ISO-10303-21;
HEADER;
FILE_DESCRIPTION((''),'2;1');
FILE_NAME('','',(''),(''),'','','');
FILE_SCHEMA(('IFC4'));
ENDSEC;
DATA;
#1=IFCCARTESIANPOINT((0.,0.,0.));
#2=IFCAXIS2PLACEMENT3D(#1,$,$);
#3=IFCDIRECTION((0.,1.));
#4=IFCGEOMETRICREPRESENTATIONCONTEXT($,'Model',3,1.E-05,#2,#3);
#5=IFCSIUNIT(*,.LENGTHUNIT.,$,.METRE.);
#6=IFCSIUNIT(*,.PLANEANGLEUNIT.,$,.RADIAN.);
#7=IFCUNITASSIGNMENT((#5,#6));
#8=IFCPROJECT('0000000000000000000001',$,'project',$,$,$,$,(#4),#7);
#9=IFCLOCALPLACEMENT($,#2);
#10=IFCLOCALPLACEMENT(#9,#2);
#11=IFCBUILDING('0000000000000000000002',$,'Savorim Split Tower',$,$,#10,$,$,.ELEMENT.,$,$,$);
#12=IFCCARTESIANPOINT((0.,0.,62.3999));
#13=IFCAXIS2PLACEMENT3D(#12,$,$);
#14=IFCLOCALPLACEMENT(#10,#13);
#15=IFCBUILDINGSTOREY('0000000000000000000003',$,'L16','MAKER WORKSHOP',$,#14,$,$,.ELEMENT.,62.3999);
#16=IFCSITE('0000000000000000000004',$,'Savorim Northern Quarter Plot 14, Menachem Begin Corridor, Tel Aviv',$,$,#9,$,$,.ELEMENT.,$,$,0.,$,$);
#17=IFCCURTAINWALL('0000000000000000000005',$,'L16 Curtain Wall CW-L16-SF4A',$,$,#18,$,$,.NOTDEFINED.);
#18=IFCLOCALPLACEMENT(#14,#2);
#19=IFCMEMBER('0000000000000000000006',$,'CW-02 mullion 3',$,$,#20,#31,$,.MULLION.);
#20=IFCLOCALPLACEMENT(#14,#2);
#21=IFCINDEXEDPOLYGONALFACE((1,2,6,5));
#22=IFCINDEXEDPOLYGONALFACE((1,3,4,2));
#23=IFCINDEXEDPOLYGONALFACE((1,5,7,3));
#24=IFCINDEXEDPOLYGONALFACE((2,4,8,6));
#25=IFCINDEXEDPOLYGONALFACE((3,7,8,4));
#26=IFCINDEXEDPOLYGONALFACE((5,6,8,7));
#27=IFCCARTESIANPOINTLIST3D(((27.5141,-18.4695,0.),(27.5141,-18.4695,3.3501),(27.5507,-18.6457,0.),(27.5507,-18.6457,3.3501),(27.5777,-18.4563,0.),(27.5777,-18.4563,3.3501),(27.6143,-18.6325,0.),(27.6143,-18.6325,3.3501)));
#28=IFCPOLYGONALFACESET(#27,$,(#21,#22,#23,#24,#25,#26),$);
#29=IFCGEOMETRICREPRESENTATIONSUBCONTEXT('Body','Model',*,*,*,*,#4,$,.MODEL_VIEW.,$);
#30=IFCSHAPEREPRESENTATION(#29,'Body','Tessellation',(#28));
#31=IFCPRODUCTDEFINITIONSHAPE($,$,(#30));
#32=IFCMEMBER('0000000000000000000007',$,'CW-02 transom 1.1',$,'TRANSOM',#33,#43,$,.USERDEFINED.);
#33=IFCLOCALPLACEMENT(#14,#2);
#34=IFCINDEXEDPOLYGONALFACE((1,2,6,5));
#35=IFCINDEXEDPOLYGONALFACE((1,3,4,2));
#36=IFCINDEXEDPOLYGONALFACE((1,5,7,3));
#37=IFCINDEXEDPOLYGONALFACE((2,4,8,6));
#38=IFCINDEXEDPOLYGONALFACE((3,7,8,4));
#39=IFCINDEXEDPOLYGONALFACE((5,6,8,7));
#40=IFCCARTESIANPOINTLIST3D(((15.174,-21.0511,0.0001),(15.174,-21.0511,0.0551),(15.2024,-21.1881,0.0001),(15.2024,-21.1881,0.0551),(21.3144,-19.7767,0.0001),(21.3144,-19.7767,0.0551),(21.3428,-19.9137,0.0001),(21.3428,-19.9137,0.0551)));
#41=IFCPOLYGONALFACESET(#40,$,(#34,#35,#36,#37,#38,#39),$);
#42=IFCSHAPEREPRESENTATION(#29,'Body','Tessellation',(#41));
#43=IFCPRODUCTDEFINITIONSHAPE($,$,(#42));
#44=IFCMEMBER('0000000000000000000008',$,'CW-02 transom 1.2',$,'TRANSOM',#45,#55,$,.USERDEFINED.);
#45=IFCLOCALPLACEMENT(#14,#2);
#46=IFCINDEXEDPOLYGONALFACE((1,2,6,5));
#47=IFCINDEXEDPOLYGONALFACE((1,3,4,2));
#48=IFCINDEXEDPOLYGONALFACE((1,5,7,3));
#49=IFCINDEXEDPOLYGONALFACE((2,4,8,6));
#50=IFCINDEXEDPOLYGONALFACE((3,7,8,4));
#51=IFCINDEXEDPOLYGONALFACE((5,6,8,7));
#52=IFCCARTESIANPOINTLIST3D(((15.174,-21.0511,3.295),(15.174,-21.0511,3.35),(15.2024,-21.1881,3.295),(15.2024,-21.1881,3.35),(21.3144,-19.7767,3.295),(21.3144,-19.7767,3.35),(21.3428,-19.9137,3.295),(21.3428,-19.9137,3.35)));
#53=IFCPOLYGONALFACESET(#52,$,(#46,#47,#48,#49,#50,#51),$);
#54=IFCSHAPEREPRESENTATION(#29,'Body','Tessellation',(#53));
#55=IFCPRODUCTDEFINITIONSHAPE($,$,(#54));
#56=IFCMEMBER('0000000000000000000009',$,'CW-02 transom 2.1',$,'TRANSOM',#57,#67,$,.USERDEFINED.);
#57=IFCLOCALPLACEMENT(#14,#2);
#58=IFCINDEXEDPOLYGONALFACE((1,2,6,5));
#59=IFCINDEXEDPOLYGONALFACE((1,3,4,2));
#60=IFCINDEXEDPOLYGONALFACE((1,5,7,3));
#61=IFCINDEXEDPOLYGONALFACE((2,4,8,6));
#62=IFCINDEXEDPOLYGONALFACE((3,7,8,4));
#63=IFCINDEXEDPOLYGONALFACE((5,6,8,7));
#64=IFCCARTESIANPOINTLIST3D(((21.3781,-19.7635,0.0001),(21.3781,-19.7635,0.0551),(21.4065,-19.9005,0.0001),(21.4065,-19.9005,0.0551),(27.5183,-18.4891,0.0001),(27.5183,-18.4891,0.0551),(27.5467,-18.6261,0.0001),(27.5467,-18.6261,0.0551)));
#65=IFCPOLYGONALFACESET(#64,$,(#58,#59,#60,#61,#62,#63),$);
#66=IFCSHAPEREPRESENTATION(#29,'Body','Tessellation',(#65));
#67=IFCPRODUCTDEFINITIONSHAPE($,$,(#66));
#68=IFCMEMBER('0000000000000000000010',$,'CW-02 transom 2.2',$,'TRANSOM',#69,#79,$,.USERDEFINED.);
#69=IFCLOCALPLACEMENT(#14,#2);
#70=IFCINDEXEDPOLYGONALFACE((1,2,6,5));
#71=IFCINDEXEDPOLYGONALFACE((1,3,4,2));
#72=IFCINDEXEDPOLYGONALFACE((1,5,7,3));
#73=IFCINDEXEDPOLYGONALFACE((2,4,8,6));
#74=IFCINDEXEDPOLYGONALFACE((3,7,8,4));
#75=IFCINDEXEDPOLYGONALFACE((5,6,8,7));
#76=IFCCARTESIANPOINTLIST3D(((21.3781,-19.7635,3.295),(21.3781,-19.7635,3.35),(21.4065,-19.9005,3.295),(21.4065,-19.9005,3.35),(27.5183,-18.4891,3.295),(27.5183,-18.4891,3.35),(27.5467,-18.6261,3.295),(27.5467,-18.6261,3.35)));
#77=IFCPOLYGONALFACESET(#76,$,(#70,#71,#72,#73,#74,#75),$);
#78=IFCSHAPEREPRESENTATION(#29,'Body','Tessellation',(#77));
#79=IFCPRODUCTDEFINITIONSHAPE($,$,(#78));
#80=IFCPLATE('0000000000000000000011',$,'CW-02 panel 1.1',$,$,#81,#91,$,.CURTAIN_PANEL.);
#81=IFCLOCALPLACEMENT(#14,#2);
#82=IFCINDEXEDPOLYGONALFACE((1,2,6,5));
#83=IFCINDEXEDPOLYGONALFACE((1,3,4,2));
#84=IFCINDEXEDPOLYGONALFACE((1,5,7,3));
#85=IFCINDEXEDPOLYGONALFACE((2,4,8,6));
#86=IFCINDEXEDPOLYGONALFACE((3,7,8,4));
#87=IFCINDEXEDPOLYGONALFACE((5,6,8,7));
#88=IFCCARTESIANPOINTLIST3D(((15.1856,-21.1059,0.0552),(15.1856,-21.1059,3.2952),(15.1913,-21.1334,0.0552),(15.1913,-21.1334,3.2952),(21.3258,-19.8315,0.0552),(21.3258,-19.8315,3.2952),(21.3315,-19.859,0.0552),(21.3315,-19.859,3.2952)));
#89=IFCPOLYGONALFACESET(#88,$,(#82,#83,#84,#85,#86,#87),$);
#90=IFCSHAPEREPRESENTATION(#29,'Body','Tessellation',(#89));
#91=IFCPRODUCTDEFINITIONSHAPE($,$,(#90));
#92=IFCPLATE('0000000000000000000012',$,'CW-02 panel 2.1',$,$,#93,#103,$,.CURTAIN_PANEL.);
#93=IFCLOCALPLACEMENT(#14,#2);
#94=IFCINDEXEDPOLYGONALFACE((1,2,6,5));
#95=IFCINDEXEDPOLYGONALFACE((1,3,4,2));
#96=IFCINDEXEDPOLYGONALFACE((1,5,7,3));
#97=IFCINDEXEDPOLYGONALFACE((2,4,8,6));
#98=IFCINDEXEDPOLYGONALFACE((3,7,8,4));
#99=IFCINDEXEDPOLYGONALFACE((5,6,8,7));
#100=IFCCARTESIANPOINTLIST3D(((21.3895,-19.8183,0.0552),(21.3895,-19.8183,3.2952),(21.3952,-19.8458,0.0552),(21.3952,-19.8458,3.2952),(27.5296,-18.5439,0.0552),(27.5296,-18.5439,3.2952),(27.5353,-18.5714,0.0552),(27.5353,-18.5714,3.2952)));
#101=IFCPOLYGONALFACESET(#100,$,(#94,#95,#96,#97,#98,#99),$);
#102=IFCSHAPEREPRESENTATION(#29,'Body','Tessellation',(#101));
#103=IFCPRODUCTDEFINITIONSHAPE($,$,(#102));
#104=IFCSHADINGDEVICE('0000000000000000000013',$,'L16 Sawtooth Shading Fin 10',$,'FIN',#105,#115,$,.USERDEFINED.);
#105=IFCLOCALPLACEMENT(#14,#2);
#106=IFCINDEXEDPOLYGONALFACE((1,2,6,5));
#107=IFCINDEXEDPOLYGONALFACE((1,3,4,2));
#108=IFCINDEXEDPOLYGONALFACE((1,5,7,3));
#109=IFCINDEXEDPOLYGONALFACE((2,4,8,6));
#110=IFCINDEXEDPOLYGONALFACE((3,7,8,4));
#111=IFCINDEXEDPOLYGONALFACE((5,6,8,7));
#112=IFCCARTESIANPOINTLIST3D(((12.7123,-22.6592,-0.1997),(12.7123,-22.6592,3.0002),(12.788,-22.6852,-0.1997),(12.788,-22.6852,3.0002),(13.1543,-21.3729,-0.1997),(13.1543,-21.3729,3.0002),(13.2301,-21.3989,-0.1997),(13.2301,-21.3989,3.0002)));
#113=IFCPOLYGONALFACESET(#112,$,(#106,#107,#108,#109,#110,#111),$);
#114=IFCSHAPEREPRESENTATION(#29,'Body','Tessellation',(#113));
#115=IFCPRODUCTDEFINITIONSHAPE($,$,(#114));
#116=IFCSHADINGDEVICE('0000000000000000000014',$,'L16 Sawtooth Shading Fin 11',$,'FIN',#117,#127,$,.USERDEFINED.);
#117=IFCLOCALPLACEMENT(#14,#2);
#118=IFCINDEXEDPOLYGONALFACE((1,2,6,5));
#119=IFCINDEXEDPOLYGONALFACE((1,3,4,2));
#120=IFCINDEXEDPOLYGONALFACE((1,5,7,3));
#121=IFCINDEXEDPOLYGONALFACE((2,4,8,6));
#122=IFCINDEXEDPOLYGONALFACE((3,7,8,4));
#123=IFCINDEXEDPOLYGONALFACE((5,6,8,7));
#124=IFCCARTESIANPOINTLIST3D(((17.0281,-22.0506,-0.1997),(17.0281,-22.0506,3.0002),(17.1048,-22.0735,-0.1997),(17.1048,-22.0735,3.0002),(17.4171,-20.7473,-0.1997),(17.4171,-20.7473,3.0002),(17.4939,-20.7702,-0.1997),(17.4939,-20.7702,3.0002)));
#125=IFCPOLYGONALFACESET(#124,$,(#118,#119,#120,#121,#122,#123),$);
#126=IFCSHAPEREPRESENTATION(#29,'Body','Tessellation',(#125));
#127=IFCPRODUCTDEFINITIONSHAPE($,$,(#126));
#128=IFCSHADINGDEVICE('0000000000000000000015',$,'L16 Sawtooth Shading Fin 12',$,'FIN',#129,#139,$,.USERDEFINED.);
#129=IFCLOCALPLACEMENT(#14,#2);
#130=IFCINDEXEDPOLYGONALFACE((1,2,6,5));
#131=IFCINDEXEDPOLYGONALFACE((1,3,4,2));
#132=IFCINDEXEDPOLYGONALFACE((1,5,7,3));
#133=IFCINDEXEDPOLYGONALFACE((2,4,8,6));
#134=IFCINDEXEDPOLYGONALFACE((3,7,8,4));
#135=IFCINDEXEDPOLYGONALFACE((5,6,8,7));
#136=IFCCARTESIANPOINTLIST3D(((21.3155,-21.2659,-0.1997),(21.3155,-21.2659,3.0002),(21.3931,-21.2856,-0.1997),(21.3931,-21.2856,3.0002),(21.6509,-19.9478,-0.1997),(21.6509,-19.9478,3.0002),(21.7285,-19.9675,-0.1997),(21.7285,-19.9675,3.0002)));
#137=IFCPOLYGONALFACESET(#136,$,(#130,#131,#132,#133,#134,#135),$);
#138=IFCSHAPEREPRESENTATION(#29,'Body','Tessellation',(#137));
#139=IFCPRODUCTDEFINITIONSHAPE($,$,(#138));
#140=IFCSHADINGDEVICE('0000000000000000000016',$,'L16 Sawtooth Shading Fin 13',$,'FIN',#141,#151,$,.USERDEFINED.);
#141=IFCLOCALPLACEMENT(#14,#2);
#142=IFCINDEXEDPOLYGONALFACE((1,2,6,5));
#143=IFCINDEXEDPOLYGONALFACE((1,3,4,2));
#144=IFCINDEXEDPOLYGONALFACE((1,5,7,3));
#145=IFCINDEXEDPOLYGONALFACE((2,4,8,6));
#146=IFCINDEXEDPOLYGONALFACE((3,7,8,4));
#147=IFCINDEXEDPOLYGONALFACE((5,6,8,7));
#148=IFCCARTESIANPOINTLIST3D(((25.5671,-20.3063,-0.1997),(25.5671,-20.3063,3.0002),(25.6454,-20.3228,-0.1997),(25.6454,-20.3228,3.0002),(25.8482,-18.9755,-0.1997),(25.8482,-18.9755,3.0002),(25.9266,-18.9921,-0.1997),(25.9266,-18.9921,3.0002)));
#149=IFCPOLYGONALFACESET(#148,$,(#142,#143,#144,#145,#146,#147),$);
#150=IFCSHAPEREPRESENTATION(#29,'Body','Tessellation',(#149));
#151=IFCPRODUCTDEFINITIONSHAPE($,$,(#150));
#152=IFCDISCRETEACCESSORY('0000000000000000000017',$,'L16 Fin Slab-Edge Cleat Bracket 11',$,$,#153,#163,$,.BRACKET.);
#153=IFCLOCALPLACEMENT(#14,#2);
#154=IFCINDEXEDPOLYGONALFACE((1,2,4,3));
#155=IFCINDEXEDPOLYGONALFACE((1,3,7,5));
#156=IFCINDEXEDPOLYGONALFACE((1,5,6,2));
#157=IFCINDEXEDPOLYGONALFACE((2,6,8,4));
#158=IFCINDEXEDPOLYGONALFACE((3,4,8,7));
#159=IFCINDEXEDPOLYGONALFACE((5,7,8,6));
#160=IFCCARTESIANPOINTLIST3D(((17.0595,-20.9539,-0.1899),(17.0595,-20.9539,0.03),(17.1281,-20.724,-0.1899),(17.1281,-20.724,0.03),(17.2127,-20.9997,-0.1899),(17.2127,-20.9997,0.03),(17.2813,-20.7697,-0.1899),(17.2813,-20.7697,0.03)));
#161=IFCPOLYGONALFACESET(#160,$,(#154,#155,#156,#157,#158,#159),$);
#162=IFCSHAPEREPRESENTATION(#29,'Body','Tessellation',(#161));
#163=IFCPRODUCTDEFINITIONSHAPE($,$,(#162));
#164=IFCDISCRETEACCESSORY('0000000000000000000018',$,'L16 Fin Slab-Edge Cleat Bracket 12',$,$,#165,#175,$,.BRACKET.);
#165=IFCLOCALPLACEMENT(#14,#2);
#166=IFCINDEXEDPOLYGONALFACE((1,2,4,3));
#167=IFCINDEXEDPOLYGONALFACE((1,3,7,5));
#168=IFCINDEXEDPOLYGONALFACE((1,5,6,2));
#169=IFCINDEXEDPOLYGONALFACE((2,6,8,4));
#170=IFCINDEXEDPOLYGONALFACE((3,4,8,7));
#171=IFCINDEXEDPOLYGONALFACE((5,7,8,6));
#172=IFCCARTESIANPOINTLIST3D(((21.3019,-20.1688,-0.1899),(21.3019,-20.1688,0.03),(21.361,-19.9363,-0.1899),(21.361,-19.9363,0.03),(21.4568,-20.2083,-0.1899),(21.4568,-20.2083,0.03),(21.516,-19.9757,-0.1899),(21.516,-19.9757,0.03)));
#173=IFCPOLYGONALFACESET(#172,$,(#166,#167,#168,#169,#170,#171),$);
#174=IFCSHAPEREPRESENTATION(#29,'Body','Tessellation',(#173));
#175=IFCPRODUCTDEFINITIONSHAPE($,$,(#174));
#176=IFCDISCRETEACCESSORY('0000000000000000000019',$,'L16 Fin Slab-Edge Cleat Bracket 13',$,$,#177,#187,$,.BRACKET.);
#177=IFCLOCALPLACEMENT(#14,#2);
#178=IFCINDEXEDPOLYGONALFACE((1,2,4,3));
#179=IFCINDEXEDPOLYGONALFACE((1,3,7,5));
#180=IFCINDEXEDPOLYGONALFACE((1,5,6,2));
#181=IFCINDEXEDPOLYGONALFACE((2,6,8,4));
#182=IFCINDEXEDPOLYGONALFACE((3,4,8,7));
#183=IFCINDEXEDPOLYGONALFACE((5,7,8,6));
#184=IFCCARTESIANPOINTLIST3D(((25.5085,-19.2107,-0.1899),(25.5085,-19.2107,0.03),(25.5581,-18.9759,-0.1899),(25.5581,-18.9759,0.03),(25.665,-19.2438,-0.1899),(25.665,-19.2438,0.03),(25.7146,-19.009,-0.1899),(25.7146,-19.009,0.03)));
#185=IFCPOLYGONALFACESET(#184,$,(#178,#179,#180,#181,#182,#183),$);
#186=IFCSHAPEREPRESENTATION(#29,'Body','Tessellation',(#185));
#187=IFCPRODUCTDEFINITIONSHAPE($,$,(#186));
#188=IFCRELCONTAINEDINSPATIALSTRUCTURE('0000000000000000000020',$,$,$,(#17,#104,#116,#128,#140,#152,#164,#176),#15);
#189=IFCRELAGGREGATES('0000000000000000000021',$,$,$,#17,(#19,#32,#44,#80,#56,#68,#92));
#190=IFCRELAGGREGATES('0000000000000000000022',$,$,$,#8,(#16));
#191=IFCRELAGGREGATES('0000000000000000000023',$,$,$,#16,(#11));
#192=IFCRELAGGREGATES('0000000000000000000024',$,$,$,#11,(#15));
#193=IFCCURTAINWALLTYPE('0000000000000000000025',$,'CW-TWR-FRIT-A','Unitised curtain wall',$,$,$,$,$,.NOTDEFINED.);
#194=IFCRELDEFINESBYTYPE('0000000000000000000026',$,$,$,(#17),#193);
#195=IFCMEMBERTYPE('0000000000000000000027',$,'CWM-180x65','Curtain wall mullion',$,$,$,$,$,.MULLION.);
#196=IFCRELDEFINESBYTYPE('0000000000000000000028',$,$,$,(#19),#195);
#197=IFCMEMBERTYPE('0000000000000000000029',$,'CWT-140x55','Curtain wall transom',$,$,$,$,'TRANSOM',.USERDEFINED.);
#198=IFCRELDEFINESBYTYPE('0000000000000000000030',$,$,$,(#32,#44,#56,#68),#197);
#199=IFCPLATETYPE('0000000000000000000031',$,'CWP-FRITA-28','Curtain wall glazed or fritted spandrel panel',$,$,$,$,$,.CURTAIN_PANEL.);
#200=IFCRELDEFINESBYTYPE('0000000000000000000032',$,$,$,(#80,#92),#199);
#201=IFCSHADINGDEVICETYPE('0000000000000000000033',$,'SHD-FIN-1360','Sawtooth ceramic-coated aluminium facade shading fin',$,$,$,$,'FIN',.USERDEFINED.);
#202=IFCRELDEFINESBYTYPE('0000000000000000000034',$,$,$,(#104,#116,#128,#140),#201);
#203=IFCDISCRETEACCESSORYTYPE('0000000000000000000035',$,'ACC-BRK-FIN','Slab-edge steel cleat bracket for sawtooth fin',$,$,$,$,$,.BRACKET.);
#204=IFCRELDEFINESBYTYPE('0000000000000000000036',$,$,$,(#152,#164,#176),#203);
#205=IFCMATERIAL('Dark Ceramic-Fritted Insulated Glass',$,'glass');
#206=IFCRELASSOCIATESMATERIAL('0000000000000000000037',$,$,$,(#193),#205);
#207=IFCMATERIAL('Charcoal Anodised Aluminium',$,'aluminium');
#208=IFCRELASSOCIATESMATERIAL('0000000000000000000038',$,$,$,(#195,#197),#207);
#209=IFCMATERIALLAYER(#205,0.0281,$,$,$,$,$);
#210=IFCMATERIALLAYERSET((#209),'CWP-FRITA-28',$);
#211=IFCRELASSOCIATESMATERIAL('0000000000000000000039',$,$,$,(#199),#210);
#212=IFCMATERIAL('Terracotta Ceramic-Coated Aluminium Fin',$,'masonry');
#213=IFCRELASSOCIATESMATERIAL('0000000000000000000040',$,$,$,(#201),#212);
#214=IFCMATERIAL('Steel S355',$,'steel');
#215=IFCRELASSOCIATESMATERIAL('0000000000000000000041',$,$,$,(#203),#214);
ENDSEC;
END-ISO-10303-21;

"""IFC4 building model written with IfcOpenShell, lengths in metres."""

from ifc_helpers import new_model, si_unit, direction, frame, origin, origin_2d, place, context, subcontext, project, spatial, rectangle, extrude, material, layer, layer_set, material_profile, profile_set, type_object, element, aggregate, save


model = new_model("IFC4")

# Units and contexts
model_context = context("Model", 3, precision=1e-05, world=origin(), true_north=direction((0.0, 1.0)))
body_context = subcontext(model_context, "Body", "Model", "MODEL_VIEW")
ifc_project = project(units=[si_unit("LENGTHUNIT", "METRE"), si_unit("PLANEANGLEUNIT", "RADIAN")], contexts=[model_context])

# Site, building, storey
site_placement = place(None, origin())
site = spatial("IfcSite", under=ifc_project, at=site_placement, Name="Savorim Northern Quarter Plot 14, Menachem Begin Corridor, Tel Aviv", CompositionType="ELEMENT", RefElevation=0.0)
building_placement = place(site_placement, origin())
building = spatial("IfcBuilding", under=site, at=building_placement, Name="Savorim Split Tower", CompositionType="ELEMENT")
storey_placement = place(building_placement, frame((0.0, 0.0, 62.3999)))
storey = spatial("IfcBuildingStorey", under=building, at=storey_placement, Name="L16", Description="MAKER WORKSHOP", CompositionType="ELEMENT", Elevation=62.3999)

# Shared definitions
ifc_material_1 = material(Name="Steel S355", Category="steel")

# Shared definitions
ifc_material_2 = material(Name="Dark Ceramic-Fritted Insulated Glass", Category="glass")
curtain_wall_type = type_object("IfcCurtainWallType", Name="CW-TWR-FRIT-A", Description="Unitised curtain wall", PredefinedType="NOTDEFINED", material=ifc_material_2)
ifc_material_3 = material(Name="Charcoal Anodised Aluminium", Category="aluminium")
ifc_material_profile_1 = material_profile(ifc_material_3, rectangle(XDim=0.1799, YDim=0.0649, at=origin_2d()), Name="ALU-M 180x65")
ifc_profile_set_1 = profile_set([ifc_material_profile_1], Name="Charcoal Anodised Aluminium")
member_type_1 = type_object("IfcMemberType", Name="CWM-180x65", Description="Curtain wall mullion", PredefinedType="MULLION", material=ifc_profile_set_1)

# Curtain wall, members, plates
curtain_wall_1_placement = place(storey_placement, origin())
curtain_wall_1 = element("IfcCurtainWall", 1, at=curtain_wall_1_placement, inside=storey, type_object=curtain_wall_type, Name="L16 Curtain Wall CW-L16-SF4A", PredefinedType="NOTDEFINED")
member_1_placement = place(storey_placement, frame((27.5642, -18.551, 0.0), z_axis=(0.0, 0.0, 1.0), x_axis=(-0.203216, 0.979134, 0.0)))
member_1 = element("IfcMember", 2, at=member_1_placement, type_object=member_type_1, Name="CW-02 mullion 3", PredefinedType="MULLION", context=body_context, shape_type="SweptSolid", body=[
    extrude(rectangle(XDim=0.1799, YDim=0.0649, at=origin_2d()), origin(), (0.0, 0.0, 1.0), 3.3501),
])
ifc_material_profile_2 = material_profile(ifc_material_3, rectangle(XDim=0.1399, YDim=0.0549, at=origin_2d()), Name="ALU-T 140x55")
ifc_profile_set_2 = profile_set([ifc_material_profile_2], Name="Charcoal Anodised Aluminium")
member_type_2 = type_object("IfcMemberType", Name="CWT-140x55", Description="Curtain wall transom", ElementType="TRANSOM", PredefinedType="USERDEFINED", material=ifc_profile_set_2)
member_2_placement = place(storey_placement, frame((15.1882, -21.1196, 0.0276), z_axis=(0.979134, 0.203216, 0.0), x_axis=(-0.203216, 0.979134, 0.0)))
member_2 = element("IfcMember", 3, at=member_2_placement, type_object=member_type_2, Name="CW-02 transom 1.1", ObjectType="TRANSOM", PredefinedType="USERDEFINED", context=body_context, shape_type="SweptSolid", body=[
    extrude(rectangle(XDim=0.1399, YDim=0.0549, at=origin_2d()), origin(), (0.0, 0.0, 1.0), 6.2712),
])
member_3_placement = place(storey_placement, frame((15.1882, -21.1196, 3.3225), z_axis=(0.979134, 0.203216, 0.0), x_axis=(-0.203216, 0.979134, 0.0)))
member_3 = element("IfcMember", 4, at=member_3_placement, type_object=member_type_2, Name="CW-02 transom 1.2", ObjectType="TRANSOM", PredefinedType="USERDEFINED", context=body_context, shape_type="SweptSolid", body=[
    extrude(rectangle(XDim=0.1399, YDim=0.0549, at=origin_2d()), origin(), (0.0, 0.0, 1.0), 6.2712),
])
member_4_placement = place(storey_placement, frame((21.3923, -19.832, 0.0276), z_axis=(0.979132, 0.203223, 0.0), x_axis=(-0.203223, 0.979132, 0.0)))
member_4 = element("IfcMember", 5, at=member_4_placement, type_object=member_type_2, Name="CW-02 transom 2.1", ObjectType="TRANSOM", PredefinedType="USERDEFINED", context=body_context, shape_type="SweptSolid", body=[
    extrude(rectangle(XDim=0.1399, YDim=0.0549, at=origin_2d()), origin(), (0.0, 0.0, 1.0), 6.271),
])
member_5_placement = place(storey_placement, frame((21.3923, -19.832, 3.3225), z_axis=(0.979132, 0.203223, 0.0), x_axis=(-0.203223, 0.979132, 0.0)))
member_5 = element("IfcMember", 6, at=member_5_placement, type_object=member_type_2, Name="CW-02 transom 2.2", ObjectType="TRANSOM", PredefinedType="USERDEFINED", context=body_context, shape_type="SweptSolid", body=[
    extrude(rectangle(XDim=0.1399, YDim=0.0549, at=origin_2d()), origin(), (0.0, 0.0, 1.0), 6.271),
])
ifc_layer = layer(ifc_material_2, 0.0281)
ifc_layer_set = layer_set([ifc_layer], Name="CWP-FRITA-28")
plate_type = type_object("IfcPlateType", Name="CWP-FRITA-28", Description="Curtain wall glazed or fritted spandrel panel", PredefinedType="CURTAIN_PANEL", material=ifc_layer_set)
plate_1_placement = place(storey_placement, frame((18.2585, -20.4824, 0.0552), z_axis=(0.0, 0.0, 1.0), x_axis=(0.979134, 0.203216, 0.0)))
plate_1 = element("IfcPlate", 7, at=plate_1_placement, type_object=plate_type, Name="CW-02 panel 1.1", PredefinedType="CURTAIN_PANEL", context=body_context, shape_type="SweptSolid", body=[
    extrude(rectangle(XDim=6.271, YDim=0.0281, at=origin_2d()), origin(), (0.0, 0.0, 1.0), 3.24),
])
plate_2_placement = place(storey_placement, frame((24.4624, -19.1948, 0.0552), z_axis=(0.0, 0.0, 1.0), x_axis=(0.979134, 0.203216, 0.0)))
plate_2 = element("IfcPlate", 8, at=plate_2_placement, type_object=plate_type, Name="CW-02 panel 2.1", PredefinedType="CURTAIN_PANEL", context=body_context, shape_type="SweptSolid", body=[
    extrude(rectangle(XDim=6.271, YDim=0.0281, at=origin_2d()), origin(), (0.0, 0.0, 1.0), 3.24),
])
aggregate(curtain_wall_1, [member_1, member_2, member_3, plate_1, member_4, member_5, plate_2])

# Shading devices
ifc_material_4 = material(Name="Terracotta Ceramic-Coated Aluminium Fin", Category="masonry")
shading_device_type = type_object("IfcShadingDeviceType", Name="SHD-FIN-1360", Description="Sawtooth ceramic-coated aluminium facade shading fin", ElementType="FIN", PredefinedType="USERDEFINED", material=ifc_material_4)
for number, where, z_axis, x_axis, name in (
    (9, (12.9712, -22.0291, -0.1997), (0.0, 0.0, 1.0), (-0.324994, -0.945716, 0.0), "L16 Sawtooth Shading Fin 10"),
    (10, (17.261, -21.4104, -0.1997), (0.0, 0.0, 1.0), (-0.286026, -0.958222, 0.0), "L16 Sawtooth Shading Fin 11"),
    (11, (21.522, -20.6167, -0.1997), (0.0, 0.0, 1.0), (-0.246581, -0.969122, 0.0), "L16 Sawtooth Shading Fin 12"),
    (12, (25.7468, -19.6492, -0.1997), (0.0, 0.0, 1.0), (-0.206722, -0.9784, 0.0), "L16 Sawtooth Shading Fin 13"),
):
    element("IfcShadingDevice", number, at=place(storey_placement, frame(where, z_axis=z_axis, x_axis=x_axis)), inside=storey, type_object=shading_device_type, Name=name, ObjectType="FIN", PredefinedType="USERDEFINED", context=body_context, shape_type="SweptSolid", body=[
        extrude(rectangle(XDim=1.3601, YDim=0.0801, at=origin_2d()), origin(), (0.0, 0.0, 1.0), 3.2),
    ])

# Discrete accessories
discrete_accessory_type = type_object("IfcDiscreteAccessoryType", Name="ACC-BRK-FIN", Description="Slab-edge steel cleat bracket for sawtooth fin", PredefinedType="BRACKET", material=ifc_material_1)
for number, where, z_axis, x_axis, name in (
    (13, (17.1704, -20.8618, -0.1899), (0.0, 0.0, 1.0), (-0.286026, -0.958222, 0.0), "L16 Fin Slab-Edge Cleat Bracket 11"),
    (14, (21.4089, -20.0723, -0.1899), (0.0, 0.0, 1.0), (-0.246581, -0.969122, 0.0), "L16 Fin Slab-Edge Cleat Bracket 12"),
    (15, (25.6116, -19.1099, -0.1899), (0.0, 0.0, 1.0), (-0.206722, -0.9784, 0.0), "L16 Fin Slab-Edge Cleat Bracket 13"),
):
    element("IfcDiscreteAccessory", number, at=place(storey_placement, frame(where, z_axis=z_axis, x_axis=x_axis)), inside=storey, type_object=discrete_accessory_type, Name=name, PredefinedType="BRACKET", context=body_context, shape_type="SweptSolid", body=[
        extrude(rectangle(XDim=0.24, YDim=0.1599, at=origin_2d()), origin(), (0.0, 0.0, 1.0), 0.22),
    ])

save(model, "model.ifc")
